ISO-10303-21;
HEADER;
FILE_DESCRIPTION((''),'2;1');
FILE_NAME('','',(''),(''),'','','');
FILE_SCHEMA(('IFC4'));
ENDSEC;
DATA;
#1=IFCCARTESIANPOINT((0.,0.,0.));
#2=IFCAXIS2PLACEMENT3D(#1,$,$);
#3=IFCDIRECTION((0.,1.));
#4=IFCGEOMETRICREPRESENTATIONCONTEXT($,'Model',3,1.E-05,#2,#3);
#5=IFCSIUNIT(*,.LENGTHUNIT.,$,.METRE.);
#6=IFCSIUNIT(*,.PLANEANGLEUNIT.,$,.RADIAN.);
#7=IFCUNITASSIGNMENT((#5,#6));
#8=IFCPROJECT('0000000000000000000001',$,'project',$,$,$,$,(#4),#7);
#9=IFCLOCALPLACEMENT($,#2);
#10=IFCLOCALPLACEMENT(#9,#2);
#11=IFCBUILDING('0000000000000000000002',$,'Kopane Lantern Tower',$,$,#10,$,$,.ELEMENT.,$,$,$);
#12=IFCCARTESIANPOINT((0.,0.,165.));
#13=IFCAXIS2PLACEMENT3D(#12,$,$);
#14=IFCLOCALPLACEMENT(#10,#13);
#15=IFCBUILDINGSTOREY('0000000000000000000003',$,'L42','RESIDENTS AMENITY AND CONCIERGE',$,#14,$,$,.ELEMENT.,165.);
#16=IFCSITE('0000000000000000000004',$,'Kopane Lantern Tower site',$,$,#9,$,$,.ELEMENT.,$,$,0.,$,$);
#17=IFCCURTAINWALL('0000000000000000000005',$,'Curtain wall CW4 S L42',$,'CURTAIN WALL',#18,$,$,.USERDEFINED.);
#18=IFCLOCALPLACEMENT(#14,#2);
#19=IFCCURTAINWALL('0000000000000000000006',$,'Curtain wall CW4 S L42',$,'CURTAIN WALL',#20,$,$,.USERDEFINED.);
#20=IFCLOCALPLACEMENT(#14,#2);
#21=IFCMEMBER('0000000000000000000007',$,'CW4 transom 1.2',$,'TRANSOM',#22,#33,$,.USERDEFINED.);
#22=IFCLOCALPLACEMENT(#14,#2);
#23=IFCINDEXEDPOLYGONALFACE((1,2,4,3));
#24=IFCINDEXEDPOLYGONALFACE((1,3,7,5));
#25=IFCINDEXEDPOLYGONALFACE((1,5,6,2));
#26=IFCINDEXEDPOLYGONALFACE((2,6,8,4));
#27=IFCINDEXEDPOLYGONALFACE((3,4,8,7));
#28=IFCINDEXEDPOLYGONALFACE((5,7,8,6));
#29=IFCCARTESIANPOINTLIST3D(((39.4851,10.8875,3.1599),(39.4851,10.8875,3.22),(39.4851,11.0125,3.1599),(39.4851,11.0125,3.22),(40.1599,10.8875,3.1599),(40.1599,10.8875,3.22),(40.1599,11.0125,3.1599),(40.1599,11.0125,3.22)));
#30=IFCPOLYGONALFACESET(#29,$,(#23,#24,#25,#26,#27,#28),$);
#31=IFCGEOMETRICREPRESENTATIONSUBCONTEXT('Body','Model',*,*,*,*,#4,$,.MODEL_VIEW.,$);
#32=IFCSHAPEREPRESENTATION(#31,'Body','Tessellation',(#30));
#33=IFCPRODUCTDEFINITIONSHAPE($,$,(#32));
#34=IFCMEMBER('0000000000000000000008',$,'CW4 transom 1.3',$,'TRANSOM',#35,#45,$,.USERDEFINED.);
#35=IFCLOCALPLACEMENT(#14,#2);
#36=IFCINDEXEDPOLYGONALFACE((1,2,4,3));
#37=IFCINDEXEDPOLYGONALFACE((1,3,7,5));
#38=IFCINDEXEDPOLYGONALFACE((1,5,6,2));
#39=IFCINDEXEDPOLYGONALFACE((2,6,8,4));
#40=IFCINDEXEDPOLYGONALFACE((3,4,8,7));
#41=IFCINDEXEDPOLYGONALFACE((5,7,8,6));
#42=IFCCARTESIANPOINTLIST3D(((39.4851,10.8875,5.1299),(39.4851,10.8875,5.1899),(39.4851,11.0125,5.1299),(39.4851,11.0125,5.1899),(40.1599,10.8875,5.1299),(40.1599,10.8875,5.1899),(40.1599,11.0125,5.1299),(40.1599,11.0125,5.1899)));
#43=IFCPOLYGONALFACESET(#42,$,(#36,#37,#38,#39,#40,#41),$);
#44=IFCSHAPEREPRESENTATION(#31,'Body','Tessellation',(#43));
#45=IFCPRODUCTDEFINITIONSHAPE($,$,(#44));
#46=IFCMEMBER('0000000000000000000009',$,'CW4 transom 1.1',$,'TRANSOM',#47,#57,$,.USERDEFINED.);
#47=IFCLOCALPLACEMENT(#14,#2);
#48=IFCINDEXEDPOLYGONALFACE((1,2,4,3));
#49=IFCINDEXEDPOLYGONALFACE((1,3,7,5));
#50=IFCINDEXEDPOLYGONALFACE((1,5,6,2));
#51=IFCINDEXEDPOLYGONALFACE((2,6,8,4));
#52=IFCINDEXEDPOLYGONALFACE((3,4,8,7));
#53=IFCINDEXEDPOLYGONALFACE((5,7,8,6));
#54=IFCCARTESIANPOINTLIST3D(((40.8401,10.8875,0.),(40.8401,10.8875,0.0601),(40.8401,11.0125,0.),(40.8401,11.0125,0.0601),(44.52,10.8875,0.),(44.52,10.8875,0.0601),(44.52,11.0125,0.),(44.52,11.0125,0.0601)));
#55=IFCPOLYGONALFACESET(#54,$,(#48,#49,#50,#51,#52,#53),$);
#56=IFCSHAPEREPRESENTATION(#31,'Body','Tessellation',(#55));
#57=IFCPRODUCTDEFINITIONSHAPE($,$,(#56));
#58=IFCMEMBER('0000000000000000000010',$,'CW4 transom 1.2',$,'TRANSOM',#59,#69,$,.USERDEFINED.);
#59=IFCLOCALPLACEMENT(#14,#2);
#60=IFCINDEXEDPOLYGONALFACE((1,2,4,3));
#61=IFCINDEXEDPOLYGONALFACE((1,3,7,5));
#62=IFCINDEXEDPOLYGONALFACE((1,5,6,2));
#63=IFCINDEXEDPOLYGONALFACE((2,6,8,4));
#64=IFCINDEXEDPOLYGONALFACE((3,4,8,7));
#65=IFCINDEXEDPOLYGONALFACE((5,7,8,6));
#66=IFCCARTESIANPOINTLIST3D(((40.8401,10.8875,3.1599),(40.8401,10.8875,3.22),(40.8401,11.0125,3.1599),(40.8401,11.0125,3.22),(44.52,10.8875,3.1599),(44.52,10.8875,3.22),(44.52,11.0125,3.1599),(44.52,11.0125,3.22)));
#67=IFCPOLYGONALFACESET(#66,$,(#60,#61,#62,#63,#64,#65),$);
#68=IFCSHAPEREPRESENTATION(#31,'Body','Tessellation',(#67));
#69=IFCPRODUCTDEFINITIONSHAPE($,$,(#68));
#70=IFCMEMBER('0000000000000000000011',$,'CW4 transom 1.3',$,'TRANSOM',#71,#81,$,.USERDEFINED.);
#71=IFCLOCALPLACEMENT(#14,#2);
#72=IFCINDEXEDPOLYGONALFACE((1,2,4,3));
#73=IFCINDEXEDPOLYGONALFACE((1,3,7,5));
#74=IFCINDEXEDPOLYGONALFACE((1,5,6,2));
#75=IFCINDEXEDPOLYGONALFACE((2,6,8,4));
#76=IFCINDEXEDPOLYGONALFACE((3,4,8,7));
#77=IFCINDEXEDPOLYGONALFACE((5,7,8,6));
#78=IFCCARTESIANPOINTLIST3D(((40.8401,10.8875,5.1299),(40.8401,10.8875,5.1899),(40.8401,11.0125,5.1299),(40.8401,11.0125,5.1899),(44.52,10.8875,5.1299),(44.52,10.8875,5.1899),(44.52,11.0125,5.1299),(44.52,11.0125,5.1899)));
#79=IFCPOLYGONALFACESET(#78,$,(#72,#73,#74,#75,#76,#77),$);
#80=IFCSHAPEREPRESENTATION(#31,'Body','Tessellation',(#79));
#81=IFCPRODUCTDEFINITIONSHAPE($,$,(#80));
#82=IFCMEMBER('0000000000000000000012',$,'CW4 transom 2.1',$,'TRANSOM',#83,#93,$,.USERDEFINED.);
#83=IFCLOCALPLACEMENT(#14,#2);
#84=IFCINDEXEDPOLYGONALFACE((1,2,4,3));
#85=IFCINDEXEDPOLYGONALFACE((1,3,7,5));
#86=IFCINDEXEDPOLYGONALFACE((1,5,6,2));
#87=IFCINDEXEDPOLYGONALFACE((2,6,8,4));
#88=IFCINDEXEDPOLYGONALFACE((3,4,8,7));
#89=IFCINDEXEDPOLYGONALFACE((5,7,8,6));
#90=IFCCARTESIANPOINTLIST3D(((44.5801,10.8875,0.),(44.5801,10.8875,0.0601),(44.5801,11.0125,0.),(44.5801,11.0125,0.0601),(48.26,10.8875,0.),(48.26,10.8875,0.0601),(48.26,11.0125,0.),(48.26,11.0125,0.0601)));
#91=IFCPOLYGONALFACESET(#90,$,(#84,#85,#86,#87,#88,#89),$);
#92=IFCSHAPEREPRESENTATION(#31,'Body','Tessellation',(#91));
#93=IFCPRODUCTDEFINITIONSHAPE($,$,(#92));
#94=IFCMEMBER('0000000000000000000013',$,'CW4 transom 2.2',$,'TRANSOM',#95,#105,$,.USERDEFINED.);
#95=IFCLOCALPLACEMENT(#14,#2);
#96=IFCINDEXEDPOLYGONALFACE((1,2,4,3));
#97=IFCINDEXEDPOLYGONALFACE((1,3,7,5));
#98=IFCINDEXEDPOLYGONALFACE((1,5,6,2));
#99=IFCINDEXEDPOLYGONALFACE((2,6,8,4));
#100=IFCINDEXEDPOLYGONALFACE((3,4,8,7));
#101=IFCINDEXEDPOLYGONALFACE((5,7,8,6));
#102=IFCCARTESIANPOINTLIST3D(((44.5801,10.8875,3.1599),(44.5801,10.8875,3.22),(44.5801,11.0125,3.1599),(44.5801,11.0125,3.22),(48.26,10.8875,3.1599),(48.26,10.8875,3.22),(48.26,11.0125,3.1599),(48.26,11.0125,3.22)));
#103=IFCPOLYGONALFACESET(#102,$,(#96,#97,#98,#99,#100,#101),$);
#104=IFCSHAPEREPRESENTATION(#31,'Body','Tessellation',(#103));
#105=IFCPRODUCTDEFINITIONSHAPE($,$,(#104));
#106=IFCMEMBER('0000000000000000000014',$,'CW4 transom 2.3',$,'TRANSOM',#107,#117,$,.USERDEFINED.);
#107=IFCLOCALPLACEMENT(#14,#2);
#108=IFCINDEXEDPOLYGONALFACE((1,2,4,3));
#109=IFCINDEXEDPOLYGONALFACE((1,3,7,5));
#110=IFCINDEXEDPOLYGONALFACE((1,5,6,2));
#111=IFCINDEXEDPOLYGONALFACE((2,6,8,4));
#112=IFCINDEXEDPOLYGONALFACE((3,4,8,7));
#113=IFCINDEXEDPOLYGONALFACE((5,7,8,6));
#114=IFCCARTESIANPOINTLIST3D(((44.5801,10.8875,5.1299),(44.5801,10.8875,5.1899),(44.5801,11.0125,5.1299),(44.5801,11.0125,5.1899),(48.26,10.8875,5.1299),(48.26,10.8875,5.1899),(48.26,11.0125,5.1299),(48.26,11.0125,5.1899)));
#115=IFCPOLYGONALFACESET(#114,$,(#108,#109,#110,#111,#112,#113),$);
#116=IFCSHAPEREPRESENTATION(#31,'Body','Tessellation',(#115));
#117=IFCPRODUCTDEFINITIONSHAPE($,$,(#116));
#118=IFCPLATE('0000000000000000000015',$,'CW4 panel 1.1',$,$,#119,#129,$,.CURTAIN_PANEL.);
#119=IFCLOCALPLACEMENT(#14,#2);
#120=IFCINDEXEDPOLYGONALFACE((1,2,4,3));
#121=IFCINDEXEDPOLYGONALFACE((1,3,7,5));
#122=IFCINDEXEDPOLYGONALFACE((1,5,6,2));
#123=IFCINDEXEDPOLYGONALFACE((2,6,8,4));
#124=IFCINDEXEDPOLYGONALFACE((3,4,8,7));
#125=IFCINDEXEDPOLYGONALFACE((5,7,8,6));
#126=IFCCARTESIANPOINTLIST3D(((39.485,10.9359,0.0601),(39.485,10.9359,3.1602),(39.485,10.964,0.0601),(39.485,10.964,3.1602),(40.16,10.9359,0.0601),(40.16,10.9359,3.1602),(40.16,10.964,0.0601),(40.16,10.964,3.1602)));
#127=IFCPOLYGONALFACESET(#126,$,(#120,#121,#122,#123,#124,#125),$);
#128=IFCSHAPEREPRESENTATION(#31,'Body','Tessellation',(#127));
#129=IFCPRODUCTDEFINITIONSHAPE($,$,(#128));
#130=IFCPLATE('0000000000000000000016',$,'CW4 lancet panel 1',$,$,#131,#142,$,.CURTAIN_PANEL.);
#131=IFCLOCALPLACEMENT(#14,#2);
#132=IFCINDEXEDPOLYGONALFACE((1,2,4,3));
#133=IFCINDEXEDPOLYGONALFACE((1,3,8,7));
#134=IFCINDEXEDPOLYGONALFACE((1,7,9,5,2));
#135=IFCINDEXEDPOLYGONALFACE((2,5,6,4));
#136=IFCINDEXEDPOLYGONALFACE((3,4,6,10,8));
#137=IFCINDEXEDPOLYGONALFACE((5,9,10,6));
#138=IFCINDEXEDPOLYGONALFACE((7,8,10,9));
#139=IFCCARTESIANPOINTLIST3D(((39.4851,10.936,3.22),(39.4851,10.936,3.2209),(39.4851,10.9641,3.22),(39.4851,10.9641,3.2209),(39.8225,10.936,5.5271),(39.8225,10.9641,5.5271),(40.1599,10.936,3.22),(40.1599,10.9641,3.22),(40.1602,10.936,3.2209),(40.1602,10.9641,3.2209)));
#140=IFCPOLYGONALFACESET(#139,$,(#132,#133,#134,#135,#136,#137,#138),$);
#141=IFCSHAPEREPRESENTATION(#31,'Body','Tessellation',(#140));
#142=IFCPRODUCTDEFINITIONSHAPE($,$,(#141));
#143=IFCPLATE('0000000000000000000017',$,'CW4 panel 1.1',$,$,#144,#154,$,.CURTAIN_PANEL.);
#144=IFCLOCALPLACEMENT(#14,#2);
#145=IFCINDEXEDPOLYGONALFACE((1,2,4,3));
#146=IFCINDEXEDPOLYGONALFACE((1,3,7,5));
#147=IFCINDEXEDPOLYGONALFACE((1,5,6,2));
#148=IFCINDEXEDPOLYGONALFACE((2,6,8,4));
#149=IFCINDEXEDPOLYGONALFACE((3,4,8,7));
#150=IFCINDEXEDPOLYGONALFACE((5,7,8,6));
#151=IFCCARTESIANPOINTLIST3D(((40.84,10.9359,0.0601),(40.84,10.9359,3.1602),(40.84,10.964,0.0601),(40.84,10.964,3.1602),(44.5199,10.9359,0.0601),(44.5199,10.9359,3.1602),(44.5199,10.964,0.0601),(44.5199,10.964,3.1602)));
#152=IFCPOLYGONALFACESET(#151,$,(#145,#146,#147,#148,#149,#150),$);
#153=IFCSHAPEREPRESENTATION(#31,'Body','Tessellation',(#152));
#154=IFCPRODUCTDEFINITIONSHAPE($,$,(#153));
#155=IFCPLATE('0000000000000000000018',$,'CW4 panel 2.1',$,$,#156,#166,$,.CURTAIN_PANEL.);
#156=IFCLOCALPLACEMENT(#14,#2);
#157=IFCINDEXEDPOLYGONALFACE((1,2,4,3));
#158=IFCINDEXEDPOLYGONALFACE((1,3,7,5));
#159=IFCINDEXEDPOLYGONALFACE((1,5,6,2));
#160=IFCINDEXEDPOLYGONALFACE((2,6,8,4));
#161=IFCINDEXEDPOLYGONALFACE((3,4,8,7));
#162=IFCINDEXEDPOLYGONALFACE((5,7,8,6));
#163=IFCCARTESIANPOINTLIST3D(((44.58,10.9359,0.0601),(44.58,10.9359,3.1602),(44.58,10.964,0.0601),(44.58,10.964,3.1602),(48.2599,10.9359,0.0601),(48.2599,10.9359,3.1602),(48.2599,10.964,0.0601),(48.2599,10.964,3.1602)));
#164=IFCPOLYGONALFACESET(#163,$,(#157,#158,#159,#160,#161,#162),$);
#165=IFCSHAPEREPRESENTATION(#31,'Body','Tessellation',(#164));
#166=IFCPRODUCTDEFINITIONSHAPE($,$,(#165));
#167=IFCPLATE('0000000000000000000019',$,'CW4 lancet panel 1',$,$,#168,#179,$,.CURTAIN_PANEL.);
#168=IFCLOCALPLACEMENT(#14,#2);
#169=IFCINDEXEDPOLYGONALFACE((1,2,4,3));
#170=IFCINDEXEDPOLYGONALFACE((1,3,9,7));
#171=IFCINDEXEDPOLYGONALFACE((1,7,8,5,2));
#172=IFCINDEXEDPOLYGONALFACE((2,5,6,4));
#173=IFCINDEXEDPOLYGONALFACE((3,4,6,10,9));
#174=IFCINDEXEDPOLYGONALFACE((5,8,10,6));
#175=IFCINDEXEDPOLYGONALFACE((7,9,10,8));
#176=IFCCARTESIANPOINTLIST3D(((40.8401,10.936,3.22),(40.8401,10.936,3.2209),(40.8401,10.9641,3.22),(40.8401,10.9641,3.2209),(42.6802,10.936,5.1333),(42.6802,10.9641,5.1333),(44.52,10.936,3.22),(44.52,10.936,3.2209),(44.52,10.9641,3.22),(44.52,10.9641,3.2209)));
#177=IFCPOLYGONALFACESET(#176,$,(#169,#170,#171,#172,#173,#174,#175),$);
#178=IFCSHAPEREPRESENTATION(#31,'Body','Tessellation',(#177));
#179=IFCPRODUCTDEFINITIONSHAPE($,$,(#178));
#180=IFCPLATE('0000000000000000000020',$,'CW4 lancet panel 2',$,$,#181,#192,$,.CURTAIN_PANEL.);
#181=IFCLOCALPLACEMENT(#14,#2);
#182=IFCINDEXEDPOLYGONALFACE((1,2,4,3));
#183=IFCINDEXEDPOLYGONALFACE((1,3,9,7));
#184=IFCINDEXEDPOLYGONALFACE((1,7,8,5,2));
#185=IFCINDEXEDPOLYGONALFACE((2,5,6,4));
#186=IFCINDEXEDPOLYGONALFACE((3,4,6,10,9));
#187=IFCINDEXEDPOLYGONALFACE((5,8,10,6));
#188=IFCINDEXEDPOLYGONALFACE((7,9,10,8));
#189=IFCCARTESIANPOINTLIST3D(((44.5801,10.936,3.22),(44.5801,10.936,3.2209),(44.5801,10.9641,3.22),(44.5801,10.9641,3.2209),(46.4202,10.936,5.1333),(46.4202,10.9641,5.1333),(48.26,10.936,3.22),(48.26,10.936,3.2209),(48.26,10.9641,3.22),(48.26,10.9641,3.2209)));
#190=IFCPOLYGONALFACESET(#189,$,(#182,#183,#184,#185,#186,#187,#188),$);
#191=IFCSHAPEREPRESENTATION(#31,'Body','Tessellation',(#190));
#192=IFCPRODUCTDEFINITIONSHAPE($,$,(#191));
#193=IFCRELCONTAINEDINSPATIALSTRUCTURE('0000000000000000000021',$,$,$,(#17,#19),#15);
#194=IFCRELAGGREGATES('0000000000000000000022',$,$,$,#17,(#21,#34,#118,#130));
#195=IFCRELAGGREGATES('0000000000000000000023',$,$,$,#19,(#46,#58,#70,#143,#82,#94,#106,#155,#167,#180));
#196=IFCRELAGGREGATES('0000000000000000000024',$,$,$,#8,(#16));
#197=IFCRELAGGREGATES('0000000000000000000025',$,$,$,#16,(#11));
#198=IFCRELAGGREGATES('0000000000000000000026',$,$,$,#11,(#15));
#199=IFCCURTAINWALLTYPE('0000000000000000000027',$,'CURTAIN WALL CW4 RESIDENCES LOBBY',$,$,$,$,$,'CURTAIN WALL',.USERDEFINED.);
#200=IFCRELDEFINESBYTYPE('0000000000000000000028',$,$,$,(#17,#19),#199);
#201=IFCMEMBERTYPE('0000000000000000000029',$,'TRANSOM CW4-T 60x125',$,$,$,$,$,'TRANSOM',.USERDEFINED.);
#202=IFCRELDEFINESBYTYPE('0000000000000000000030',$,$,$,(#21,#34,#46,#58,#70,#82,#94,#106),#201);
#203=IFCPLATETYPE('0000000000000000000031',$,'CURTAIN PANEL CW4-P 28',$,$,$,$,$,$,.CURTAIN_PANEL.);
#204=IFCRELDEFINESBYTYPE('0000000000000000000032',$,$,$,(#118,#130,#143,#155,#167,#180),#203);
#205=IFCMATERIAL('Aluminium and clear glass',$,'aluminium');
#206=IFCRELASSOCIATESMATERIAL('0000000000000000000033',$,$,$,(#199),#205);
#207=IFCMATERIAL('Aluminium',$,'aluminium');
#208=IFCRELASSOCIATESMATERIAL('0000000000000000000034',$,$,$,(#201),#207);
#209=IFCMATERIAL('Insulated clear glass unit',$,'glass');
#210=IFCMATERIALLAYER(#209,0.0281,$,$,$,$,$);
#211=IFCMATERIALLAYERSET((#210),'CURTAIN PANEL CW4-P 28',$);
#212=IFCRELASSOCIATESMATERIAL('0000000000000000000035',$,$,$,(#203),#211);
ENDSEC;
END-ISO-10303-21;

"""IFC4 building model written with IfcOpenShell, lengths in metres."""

from ifc_helpers import new_model, si_unit, direction, frame, origin, origin_2d, place, context, subcontext, project, spatial, polyline, rectangle, outline, extrude, material, layer, layer_set, material_profile, profile_set, type_object, element, aggregate, save


model = new_model("IFC4")

# Units and contexts
model_context = context("Model", 3, precision=1e-05, world=origin(), true_north=direction((0.0, 1.0)))
body_context = subcontext(model_context, "Body", "Model", "MODEL_VIEW")
ifc_project = project(units=[si_unit("LENGTHUNIT", "METRE"), si_unit("PLANEANGLEUNIT", "RADIAN")], contexts=[model_context])

# Site, building, storey
site_placement = place(None, origin())
site = spatial("IfcSite", under=ifc_project, at=site_placement, Name="Kopane Lantern Tower site", CompositionType="ELEMENT", RefElevation=0.0)
building_placement = place(site_placement, origin())
building = spatial("IfcBuilding", under=site, at=building_placement, Name="Kopane Lantern Tower", CompositionType="ELEMENT")
storey_placement = place(building_placement, frame((0.0, 0.0, 165.0)))
storey = spatial("IfcBuildingStorey", under=building, at=storey_placement, Name="L42", Description="RESIDENTS AMENITY AND CONCIERGE", CompositionType="ELEMENT", Elevation=165.0)

# Curtain walls
ifc_material_1 = material(Name="Aluminium and clear glass", Category="aluminium")
curtain_wall_type = type_object("IfcCurtainWallType", Name="CURTAIN WALL CW4 RESIDENCES LOBBY", ElementType="CURTAIN WALL", PredefinedType="USERDEFINED", material=ifc_material_1)
curtain_wall_1_placement = place(storey_placement, origin())
curtain_wall_1 = element("IfcCurtainWall", 1, at=curtain_wall_1_placement, inside=storey, type_object=curtain_wall_type, Name="Curtain wall CW4 S L42", ObjectType="CURTAIN WALL", PredefinedType="USERDEFINED")
curtain_wall_2_placement = place(storey_placement, origin())
curtain_wall_2 = element("IfcCurtainWall", 2, at=curtain_wall_2_placement, inside=storey, type_object=curtain_wall_type, Name="Curtain wall CW4 S L42", ObjectType="CURTAIN WALL", PredefinedType="USERDEFINED")

# Members
ifc_material_2 = material(Name="Aluminium", Category="aluminium")
ifc_material_profile_1 = material_profile(ifc_material_2, rectangle(XDim=0.125, YDim=0.0601, at=origin_2d()), Name="AL 125x60")
ifc_profile_set_1 = profile_set([ifc_material_profile_1], Name="Aluminium")
member_type_1 = type_object("IfcMemberType", Name="TRANSOM CW4-T 60x125", ElementType="TRANSOM", PredefinedType="USERDEFINED", material=ifc_profile_set_1)
member_1_placement = place(storey_placement, frame((39.4851, 10.95, 3.1899), z_axis=(1.0, 0.0, 0.0), x_axis=(0.0, 1.0, 0.0)))
member_1 = element("IfcMember", 3, at=member_1_placement, type_object=member_type_1, Name="CW4 transom 1.2", ObjectType="TRANSOM", PredefinedType="USERDEFINED", context=body_context, shape_type="SweptSolid", body=[
    extrude(rectangle(XDim=0.125, YDim=0.0601, at=origin_2d()), origin(), (0.0, 0.0, 1.0), 0.6748),
])
member_2_placement = place(storey_placement, frame((39.4851, 10.95, 5.1599), z_axis=(1.0, 0.0, 0.0), x_axis=(0.0, 1.0, 0.0)))
member_2 = element("IfcMember", 4, at=member_2_placement, type_object=member_type_1, Name="CW4 transom 1.3", ObjectType="TRANSOM", PredefinedType="USERDEFINED", context=body_context, shape_type="SweptSolid", body=[
    extrude(rectangle(XDim=0.125, YDim=0.0601, at=origin_2d()), origin(), (0.0, 0.0, 1.0), 0.6748),
])
member_3_placement = place(storey_placement, frame((40.8401, 10.95, 0.03), z_axis=(1.0, 0.0, 0.0), x_axis=(0.0, 1.0, 0.0)))
member_3 = element("IfcMember", 5, at=member_3_placement, type_object=member_type_1, Name="CW4 transom 1.1", ObjectType="TRANSOM", PredefinedType="USERDEFINED", context=body_context, shape_type="SweptSolid", body=[
    extrude(rectangle(XDim=0.125, YDim=0.0601, at=origin_2d()), origin(), (0.0, 0.0, 1.0), 3.6799),
])
member_4_placement = place(storey_placement, frame((40.8401, 10.95, 3.1899), z_axis=(1.0, 0.0, 0.0), x_axis=(0.0, 1.0, 0.0)))
member_4 = element("IfcMember", 6, at=member_4_placement, type_object=member_type_1, Name="CW4 transom 1.2", ObjectType="TRANSOM", PredefinedType="USERDEFINED", context=body_context, shape_type="SweptSolid", body=[
    extrude(rectangle(XDim=0.125, YDim=0.0601, at=origin_2d()), origin(), (0.0, 0.0, 1.0), 3.6799),
])
member_5_placement = place(storey_placement, frame((40.8401, 10.95, 5.1599), z_axis=(1.0, 0.0, 0.0), x_axis=(0.0, 1.0, 0.0)))
member_5 = element("IfcMember", 7, at=member_5_placement, type_object=member_type_1, Name="CW4 transom 1.3", ObjectType="TRANSOM", PredefinedType="USERDEFINED", context=body_context, shape_type="SweptSolid", body=[
    extrude(rectangle(XDim=0.125, YDim=0.0601, at=origin_2d()), origin(), (0.0, 0.0, 1.0), 3.6799),
])
member_6_placement = place(storey_placement, frame((44.5801, 10.95, 0.03), z_axis=(1.0, 0.0, 0.0), x_axis=(0.0, 1.0, 0.0)))
member_6 = element("IfcMember", 8, at=member_6_placement, type_object=member_type_1, Name="CW4 transom 2.1", ObjectType="TRANSOM", PredefinedType="USERDEFINED", context=body_context, shape_type="SweptSolid", body=[
    extrude(rectangle(XDim=0.125, YDim=0.0601, at=origin_2d()), origin(), (0.0, 0.0, 1.0), 3.6799),
])
member_7_placement = place(storey_placement, frame((44.5801, 10.95, 3.1899), z_axis=(1.0, 0.0, 0.0), x_axis=(0.0, 1.0, 0.0)))
member_7 = element("IfcMember", 9, at=member_7_placement, type_object=member_type_1, Name="CW4 transom 2.2", ObjectType="TRANSOM", PredefinedType="USERDEFINED", context=body_context, shape_type="SweptSolid", body=[
    extrude(rectangle(XDim=0.125, YDim=0.0601, at=origin_2d()), origin(), (0.0, 0.0, 1.0), 3.6799),
])
member_8_placement = place(storey_placement, frame((44.5801, 10.95, 5.1599), z_axis=(1.0, 0.0, 0.0), x_axis=(0.0, 1.0, 0.0)))
member_8 = element("IfcMember", 10, at=member_8_placement, type_object=member_type_1, Name="CW4 transom 2.3", ObjectType="TRANSOM", PredefinedType="USERDEFINED", context=body_context, shape_type="SweptSolid", body=[
    extrude(rectangle(XDim=0.125, YDim=0.0601, at=origin_2d()), origin(), (0.0, 0.0, 1.0), 3.6799),
])

# Plates
ifc_material_3 = material(Name="Insulated clear glass unit", Category="glass")
ifc_layer_1 = layer(ifc_material_3, 0.0281)
ifc_layer_set_1 = layer_set([ifc_layer_1], Name="CURTAIN PANEL CW4-P 28")
plate_type = type_object("IfcPlateType", Name="CURTAIN PANEL CW4-P 28", PredefinedType="CURTAIN_PANEL", material=ifc_layer_set_1)
plate_1_placement = place(storey_placement, frame((39.8225, 10.95, 0.0601), z_axis=(0.0, 0.0, 1.0), x_axis=(1.0, 0.0, 0.0)))
plate_1 = element("IfcPlate", 11, at=plate_1_placement, type_object=plate_type, Name="CW4 panel 1.1", PredefinedType="CURTAIN_PANEL", context=body_context, shape_type="SweptSolid", body=[
    extrude(rectangle(XDim=0.675, YDim=0.0281, at=origin_2d()), origin(), (0.0, 0.0, 1.0), 3.1001),
])
plate_2_placement = place(storey_placement, frame((39.4851, 10.95, 3.22), z_axis=(0.0, 0.0, 1.0), x_axis=(1.0, 0.0, 0.0)))
plate_2 = element("IfcPlate", 12, at=plate_2_placement, type_object=plate_type, Name="CW4 lancet panel 1", PredefinedType="CURTAIN_PANEL", context=body_context, shape_type="SweptSolid", body=[
    extrude(outline(polyline([(0.0, 0.0), (0.6748, 0.0), (0.675, 0.001), (0.3374, 2.3071), (0.0, 0.001), (0.0, 0.0)])), frame((0.0, 0.0142, 0.0), z_axis=(0.0, -1.0, 0.0), x_axis=(1.0, 0.0, 0.0)), (0.0, 0.0, 1.0), 0.0281),
])
aggregate(curtain_wall_1, [member_1, member_2, plate_1, plate_2])
plate_3_placement = place(storey_placement, frame((42.6799, 10.95, 0.0601), z_axis=(0.0, 0.0, 1.0), x_axis=(1.0, 0.0, 0.0)))
plate_3 = element("IfcPlate", 13, at=plate_3_placement, type_object=plate_type, Name="CW4 panel 1.1", PredefinedType="CURTAIN_PANEL", context=body_context, shape_type="SweptSolid", body=[
    extrude(rectangle(XDim=3.6799, YDim=0.0281, at=origin_2d()), origin(), (0.0, 0.0, 1.0), 3.1001),
])
plate_4_placement = place(storey_placement, frame((46.4199, 10.95, 0.0601), z_axis=(0.0, 0.0, 1.0), x_axis=(1.0, 0.0, 0.0)))
plate_4 = element("IfcPlate", 14, at=plate_4_placement, type_object=plate_type, Name="CW4 panel 2.1", PredefinedType="CURTAIN_PANEL", context=body_context, shape_type="SweptSolid", body=[
    extrude(rectangle(XDim=3.6799, YDim=0.0281, at=origin_2d()), origin(), (0.0, 0.0, 1.0), 3.1001),
])
plate_5_placement = place(storey_placement, frame((40.8401, 10.95, 3.22), z_axis=(0.0, 0.0, 1.0), x_axis=(1.0, 0.0, 0.0)))
plate_5 = element("IfcPlate", 15, at=plate_5_placement, type_object=plate_type, Name="CW4 lancet panel 1", PredefinedType="CURTAIN_PANEL", context=body_context, shape_type="SweptSolid", body=[
    extrude(outline(polyline([(0.0, 0.0), (3.6799, 0.0), (3.6799, 0.001), (1.8401, 1.9133), (0.0, 0.001), (0.0, 0.0)])), frame((0.0, 0.0142, 0.0), z_axis=(0.0, -1.0, 0.0), x_axis=(1.0, 0.0, 0.0)), (0.0, 0.0, 1.0), 0.0281),
])
plate_6_placement = place(storey_placement, frame((44.5801, 10.95, 3.22), z_axis=(0.0, 0.0, 1.0), x_axis=(1.0, 0.0, 0.0)))
plate_6 = element("IfcPlate", 16, at=plate_6_placement, type_object=plate_type, Name="CW4 lancet panel 2", PredefinedType="CURTAIN_PANEL", context=body_context, shape_type="SweptSolid", body=[
    extrude(outline(polyline([(0.0, 0.0), (3.6799, 0.0), (3.6799, 0.001), (1.8401, 1.9133), (0.0, 0.001), (0.0, 0.0)])), frame((0.0, 0.0142, 0.0), z_axis=(0.0, -1.0, 0.0), x_axis=(1.0, 0.0, 0.0)), (0.0, 0.0, 1.0), 0.0281),
])
aggregate(curtain_wall_2, [member_3, member_4, member_5, plate_3, member_6, member_7, member_8, plate_4, plate_5, plate_6])

save(model, "model.ifc")
